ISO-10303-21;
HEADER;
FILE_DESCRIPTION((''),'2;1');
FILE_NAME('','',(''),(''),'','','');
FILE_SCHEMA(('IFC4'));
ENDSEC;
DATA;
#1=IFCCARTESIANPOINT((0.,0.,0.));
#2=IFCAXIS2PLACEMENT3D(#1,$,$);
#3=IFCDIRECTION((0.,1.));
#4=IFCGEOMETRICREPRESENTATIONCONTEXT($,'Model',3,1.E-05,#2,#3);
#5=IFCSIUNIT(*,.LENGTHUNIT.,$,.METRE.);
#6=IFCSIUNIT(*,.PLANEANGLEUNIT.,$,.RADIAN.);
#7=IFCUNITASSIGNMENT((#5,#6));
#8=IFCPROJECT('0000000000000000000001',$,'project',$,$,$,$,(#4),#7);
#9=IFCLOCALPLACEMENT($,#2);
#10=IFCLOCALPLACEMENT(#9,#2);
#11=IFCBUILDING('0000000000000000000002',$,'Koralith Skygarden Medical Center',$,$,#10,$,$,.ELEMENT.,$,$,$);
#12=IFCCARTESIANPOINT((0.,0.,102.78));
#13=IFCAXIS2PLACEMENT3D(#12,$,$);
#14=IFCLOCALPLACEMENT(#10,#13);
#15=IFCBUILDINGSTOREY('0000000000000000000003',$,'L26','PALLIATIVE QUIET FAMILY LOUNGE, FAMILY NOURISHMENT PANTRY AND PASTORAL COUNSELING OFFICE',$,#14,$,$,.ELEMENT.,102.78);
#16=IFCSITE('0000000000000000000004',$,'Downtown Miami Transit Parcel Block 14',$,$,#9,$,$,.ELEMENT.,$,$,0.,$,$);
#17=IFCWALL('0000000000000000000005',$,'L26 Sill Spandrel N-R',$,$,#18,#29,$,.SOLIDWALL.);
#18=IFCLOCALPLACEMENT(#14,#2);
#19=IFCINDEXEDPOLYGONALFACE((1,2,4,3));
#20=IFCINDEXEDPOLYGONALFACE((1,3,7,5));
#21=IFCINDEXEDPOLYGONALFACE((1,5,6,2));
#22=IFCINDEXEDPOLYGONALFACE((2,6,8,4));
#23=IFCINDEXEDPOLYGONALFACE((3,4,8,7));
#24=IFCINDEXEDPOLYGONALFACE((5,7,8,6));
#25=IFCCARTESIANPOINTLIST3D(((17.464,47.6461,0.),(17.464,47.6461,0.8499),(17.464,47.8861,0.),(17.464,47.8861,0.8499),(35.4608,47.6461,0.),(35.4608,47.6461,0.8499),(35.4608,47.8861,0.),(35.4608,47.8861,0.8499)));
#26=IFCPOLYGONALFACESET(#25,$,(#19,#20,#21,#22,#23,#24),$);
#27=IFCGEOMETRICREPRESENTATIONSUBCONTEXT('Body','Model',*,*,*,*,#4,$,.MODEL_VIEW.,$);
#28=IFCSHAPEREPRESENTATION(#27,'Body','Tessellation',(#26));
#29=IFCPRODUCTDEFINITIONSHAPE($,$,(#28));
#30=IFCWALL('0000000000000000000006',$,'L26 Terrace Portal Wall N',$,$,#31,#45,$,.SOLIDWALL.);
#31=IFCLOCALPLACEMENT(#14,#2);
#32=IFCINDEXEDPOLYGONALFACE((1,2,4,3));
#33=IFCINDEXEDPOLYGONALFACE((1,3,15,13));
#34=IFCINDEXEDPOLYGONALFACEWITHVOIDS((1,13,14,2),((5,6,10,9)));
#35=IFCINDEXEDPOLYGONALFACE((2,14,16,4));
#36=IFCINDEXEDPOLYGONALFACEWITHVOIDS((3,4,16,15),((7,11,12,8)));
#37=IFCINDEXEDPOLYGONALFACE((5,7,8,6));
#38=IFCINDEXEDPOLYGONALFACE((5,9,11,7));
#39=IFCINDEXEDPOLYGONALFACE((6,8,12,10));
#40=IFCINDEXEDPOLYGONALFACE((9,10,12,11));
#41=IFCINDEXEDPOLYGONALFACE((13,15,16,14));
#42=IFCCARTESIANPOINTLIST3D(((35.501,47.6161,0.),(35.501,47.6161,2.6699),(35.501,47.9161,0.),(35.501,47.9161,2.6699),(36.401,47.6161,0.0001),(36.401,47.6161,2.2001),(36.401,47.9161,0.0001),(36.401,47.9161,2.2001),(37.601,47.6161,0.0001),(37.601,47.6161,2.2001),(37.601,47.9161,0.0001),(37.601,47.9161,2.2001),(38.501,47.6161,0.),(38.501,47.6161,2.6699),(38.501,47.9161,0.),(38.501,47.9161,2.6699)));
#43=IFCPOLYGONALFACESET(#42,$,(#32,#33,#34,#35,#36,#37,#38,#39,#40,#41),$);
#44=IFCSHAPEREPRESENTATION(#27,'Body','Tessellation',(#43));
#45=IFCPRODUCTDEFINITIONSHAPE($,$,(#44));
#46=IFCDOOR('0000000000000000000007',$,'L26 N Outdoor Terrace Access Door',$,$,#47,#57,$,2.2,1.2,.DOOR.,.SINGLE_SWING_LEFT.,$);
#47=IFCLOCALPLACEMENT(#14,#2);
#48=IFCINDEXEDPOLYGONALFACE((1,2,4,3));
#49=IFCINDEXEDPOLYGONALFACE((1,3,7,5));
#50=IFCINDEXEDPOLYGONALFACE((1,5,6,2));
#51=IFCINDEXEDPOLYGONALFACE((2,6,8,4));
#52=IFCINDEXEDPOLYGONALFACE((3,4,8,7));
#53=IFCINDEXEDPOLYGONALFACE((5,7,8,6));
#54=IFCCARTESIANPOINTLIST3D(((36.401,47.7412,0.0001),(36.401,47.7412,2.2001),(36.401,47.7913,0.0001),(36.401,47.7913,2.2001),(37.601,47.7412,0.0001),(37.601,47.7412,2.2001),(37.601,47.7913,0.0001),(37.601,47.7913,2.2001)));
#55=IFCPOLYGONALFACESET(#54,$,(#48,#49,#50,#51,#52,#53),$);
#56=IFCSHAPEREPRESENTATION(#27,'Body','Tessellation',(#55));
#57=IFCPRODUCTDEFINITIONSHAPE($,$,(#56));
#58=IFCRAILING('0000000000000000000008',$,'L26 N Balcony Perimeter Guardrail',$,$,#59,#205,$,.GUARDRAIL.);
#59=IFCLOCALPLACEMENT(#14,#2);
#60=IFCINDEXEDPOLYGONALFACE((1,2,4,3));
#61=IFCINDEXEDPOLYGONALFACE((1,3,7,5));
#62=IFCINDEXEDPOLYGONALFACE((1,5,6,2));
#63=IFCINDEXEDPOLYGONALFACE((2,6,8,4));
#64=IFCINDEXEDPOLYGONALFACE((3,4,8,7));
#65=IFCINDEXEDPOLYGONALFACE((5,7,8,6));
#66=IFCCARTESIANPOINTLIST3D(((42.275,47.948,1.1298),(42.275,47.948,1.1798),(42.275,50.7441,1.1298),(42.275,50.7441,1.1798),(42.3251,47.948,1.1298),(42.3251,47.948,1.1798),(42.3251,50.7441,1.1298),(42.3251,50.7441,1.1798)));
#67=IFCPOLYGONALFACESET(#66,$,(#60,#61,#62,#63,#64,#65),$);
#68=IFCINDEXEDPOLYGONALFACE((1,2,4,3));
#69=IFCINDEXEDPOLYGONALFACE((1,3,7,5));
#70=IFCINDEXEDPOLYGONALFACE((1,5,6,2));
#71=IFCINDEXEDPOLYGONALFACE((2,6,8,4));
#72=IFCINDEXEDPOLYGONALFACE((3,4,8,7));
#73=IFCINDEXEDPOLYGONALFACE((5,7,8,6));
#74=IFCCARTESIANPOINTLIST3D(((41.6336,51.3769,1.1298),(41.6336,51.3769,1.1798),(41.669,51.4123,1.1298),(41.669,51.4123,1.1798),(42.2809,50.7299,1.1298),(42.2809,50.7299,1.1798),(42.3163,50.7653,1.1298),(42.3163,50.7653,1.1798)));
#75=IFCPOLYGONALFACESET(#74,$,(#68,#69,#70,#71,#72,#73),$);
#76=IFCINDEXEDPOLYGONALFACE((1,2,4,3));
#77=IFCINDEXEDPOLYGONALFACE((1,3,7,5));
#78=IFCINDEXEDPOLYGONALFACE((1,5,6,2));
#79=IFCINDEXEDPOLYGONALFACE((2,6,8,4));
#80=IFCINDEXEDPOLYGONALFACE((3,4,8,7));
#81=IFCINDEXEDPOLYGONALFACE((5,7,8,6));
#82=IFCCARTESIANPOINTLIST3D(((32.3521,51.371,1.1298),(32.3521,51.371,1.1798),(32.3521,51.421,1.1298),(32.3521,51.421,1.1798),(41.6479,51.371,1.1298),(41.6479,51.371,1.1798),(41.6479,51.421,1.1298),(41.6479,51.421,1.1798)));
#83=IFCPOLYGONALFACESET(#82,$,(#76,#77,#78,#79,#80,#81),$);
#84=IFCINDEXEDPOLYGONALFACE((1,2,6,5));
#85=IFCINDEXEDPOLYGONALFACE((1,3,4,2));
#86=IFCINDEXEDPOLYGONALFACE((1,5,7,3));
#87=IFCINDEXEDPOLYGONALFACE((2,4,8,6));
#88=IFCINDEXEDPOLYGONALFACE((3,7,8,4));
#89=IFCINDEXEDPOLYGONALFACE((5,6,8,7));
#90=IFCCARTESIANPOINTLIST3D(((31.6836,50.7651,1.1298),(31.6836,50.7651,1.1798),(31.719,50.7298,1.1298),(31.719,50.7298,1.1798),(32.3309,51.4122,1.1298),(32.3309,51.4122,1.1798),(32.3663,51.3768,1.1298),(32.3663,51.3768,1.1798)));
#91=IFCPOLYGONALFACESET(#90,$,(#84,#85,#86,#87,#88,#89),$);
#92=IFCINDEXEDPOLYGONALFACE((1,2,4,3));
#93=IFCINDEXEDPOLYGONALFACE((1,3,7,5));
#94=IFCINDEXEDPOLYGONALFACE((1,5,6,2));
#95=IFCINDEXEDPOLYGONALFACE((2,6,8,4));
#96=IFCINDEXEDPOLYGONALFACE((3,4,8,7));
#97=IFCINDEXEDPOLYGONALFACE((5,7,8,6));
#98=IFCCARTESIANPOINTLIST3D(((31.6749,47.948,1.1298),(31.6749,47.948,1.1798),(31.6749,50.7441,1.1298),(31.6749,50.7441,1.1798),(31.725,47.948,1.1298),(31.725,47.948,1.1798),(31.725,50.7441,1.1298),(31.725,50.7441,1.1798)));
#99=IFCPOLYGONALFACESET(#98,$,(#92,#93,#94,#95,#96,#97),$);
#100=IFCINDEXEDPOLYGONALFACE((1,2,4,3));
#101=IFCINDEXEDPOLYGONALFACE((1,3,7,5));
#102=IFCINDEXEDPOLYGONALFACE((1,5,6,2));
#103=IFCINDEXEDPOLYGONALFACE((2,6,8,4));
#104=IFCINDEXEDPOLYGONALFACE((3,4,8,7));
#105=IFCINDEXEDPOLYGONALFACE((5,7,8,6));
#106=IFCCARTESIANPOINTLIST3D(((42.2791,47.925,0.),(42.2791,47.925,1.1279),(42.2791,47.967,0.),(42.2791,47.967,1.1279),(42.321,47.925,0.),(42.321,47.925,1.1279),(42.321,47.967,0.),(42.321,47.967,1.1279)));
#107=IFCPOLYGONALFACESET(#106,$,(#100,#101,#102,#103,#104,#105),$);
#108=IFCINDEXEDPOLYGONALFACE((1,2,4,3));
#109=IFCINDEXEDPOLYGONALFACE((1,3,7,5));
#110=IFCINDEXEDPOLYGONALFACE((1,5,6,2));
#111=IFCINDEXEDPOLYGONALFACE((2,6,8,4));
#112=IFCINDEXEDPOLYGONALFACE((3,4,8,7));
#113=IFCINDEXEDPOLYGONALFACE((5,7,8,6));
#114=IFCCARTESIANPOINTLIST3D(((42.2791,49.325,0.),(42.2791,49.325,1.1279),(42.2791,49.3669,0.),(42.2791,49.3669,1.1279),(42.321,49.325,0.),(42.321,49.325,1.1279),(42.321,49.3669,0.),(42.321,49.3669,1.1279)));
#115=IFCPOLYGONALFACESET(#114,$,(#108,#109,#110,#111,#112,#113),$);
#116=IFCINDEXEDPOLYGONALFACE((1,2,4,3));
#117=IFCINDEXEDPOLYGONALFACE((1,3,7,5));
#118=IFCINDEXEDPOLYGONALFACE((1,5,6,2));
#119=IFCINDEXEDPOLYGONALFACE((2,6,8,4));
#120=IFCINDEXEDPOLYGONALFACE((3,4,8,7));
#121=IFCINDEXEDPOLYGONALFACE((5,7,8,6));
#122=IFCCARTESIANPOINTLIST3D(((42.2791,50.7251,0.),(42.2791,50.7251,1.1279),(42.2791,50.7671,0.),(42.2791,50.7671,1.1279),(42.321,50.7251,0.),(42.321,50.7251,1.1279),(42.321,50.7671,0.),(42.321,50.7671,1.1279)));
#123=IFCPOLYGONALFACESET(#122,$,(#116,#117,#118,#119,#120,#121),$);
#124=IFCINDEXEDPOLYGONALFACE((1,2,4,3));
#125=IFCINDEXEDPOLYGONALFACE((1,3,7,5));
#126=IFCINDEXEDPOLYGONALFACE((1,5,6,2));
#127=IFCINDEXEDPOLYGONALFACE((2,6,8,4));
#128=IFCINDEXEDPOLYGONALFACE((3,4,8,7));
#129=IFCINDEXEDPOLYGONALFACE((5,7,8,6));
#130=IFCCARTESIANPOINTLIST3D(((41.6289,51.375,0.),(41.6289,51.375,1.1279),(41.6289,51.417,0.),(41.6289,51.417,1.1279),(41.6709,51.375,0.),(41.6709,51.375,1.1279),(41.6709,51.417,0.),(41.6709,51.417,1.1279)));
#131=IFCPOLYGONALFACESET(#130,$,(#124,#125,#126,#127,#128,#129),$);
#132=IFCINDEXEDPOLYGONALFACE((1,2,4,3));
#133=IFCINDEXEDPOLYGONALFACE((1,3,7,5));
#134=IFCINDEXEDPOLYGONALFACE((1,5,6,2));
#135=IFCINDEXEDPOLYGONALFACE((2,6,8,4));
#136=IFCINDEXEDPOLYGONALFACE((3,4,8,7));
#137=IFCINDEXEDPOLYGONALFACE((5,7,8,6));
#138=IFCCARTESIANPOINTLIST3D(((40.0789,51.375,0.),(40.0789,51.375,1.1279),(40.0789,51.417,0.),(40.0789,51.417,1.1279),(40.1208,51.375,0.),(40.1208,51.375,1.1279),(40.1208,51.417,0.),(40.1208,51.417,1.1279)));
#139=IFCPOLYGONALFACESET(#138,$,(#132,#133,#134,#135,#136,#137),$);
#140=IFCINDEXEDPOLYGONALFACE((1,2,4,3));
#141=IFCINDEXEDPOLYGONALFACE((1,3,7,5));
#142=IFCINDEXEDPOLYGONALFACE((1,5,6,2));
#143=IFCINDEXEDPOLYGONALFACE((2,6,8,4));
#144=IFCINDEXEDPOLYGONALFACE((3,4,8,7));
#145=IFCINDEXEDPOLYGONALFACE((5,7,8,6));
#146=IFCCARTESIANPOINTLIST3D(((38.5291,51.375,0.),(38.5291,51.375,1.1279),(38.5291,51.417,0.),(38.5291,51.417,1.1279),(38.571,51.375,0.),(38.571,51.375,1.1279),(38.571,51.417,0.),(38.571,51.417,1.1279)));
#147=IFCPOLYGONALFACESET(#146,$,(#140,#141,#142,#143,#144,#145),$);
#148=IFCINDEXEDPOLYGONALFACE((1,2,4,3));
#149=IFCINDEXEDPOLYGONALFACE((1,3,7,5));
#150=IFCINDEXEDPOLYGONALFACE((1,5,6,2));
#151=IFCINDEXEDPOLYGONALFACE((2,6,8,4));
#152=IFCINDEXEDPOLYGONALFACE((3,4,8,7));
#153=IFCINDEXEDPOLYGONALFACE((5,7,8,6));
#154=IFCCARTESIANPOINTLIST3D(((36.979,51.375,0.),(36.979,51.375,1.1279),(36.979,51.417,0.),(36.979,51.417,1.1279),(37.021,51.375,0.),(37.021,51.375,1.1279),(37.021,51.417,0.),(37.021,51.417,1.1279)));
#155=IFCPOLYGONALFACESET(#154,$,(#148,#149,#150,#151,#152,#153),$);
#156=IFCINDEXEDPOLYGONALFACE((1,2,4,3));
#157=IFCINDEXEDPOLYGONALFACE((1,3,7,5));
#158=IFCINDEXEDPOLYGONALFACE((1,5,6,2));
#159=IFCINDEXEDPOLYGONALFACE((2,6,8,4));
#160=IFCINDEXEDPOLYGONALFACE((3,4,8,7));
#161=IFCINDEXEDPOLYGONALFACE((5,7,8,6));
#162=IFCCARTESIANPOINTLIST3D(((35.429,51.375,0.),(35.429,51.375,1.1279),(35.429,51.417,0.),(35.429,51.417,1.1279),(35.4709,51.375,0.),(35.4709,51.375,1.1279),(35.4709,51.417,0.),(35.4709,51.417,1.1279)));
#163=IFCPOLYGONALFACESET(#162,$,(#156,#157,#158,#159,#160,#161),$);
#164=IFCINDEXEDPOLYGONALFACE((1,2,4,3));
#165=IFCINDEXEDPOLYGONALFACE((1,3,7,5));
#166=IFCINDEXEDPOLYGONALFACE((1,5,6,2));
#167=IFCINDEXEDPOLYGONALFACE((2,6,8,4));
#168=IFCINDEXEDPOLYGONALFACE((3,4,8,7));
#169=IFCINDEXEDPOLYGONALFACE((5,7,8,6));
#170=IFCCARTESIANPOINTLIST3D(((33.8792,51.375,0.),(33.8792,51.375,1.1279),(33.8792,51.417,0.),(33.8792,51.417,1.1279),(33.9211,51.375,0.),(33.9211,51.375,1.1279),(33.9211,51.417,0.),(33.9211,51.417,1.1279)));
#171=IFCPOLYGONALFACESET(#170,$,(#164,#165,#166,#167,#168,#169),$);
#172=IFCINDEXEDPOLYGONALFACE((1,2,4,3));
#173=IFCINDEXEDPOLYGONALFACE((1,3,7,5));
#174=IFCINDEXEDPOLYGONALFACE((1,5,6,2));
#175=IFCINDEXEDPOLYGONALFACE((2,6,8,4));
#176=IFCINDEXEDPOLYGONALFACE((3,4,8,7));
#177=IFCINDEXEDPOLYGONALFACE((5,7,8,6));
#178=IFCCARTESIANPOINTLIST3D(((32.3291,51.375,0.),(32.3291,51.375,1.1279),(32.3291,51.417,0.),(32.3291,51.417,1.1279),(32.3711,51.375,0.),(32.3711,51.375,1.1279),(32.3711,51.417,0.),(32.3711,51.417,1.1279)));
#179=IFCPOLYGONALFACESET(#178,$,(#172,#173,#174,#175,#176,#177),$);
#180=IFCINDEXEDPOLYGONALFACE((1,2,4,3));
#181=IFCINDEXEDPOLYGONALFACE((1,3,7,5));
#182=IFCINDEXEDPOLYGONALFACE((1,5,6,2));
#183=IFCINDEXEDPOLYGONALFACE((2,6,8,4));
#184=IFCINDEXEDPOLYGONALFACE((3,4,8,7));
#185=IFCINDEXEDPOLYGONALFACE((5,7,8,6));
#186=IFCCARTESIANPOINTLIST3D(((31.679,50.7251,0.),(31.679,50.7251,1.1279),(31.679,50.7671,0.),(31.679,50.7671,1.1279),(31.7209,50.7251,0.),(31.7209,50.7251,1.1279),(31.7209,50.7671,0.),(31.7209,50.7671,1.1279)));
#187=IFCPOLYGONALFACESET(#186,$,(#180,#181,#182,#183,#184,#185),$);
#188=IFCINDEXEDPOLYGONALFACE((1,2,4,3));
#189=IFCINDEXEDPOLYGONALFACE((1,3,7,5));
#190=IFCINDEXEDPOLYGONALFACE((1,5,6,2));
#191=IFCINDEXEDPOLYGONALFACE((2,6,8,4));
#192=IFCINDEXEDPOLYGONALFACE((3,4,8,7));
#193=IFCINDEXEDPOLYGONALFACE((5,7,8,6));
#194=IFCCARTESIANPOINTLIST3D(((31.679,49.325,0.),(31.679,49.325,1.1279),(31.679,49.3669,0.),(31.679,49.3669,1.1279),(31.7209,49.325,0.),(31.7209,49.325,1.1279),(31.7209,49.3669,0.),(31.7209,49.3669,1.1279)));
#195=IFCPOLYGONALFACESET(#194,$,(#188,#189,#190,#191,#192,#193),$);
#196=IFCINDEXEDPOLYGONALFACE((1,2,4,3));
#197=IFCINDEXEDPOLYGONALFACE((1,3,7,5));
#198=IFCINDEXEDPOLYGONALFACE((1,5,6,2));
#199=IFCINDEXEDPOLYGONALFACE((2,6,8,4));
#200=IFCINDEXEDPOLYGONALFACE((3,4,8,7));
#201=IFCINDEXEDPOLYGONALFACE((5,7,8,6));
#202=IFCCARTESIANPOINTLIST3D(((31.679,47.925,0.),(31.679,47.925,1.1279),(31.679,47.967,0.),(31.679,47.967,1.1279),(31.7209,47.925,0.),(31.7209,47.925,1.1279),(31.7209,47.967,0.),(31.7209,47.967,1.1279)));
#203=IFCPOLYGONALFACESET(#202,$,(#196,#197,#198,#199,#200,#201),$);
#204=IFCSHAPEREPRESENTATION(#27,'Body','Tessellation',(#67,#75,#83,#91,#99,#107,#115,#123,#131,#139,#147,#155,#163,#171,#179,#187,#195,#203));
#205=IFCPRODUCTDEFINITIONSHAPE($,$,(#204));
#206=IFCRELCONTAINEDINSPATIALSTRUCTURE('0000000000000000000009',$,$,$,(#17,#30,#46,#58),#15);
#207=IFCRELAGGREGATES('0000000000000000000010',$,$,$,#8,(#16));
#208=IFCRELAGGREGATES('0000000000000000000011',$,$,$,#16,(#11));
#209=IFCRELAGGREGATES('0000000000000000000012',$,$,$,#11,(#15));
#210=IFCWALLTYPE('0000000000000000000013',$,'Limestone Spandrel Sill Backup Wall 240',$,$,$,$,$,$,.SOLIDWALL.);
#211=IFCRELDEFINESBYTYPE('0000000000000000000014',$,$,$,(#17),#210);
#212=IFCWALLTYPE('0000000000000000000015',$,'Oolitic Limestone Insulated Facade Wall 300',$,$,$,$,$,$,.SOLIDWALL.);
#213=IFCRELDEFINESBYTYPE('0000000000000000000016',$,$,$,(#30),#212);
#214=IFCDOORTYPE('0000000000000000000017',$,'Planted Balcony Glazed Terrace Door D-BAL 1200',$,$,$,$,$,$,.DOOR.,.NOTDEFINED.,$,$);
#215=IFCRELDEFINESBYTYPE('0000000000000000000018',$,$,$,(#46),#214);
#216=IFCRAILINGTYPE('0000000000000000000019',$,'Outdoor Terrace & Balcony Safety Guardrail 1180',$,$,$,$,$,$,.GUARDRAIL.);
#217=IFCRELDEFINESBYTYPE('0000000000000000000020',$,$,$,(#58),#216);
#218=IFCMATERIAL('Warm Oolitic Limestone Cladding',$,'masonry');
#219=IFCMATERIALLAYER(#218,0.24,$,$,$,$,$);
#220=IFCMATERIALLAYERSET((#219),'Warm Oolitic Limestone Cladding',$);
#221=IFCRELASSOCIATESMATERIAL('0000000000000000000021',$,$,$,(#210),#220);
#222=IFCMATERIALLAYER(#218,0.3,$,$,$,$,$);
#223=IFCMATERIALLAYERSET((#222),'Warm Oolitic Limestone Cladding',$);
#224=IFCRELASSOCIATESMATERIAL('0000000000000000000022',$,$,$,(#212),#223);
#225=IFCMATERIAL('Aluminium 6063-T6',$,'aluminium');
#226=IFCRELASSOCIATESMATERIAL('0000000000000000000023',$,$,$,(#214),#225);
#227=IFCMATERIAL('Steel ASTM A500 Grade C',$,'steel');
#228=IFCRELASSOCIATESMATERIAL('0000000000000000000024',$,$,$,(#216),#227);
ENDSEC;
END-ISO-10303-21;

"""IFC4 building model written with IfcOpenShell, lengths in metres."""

from ifc_helpers import new_model, si_unit, direction, frame, frame_2d, origin, origin_2d, place, context, subcontext, project, spatial, rectangle, extrude, material, layer, layer_set, type_object, element, fill, save


model = new_model("IFC4")

# Units and contexts
model_context = context("Model", 3, precision=1e-05, world=origin(), true_north=direction((0.0, 1.0)))
body_context = subcontext(model_context, "Body", "Model", "MODEL_VIEW")
ifc_project = project(units=[si_unit("LENGTHUNIT", "METRE"), si_unit("PLANEANGLEUNIT", "RADIAN")], contexts=[model_context])

# Site, building, storey
site_placement = place(None, origin())
site = spatial("IfcSite", under=ifc_project, at=site_placement, Name="Downtown Miami Transit Parcel Block 14", CompositionType="ELEMENT", RefElevation=0.0)
building_placement = place(site_placement, origin())
building = spatial("IfcBuilding", under=site, at=building_placement, Name="Koralith Skygarden Medical Center", CompositionType="ELEMENT")
storey_placement = place(building_placement, frame((0.0, 0.0, 102.78)))
storey = spatial("IfcBuildingStorey", under=building, at=storey_placement, Name="L26", Description="PALLIATIVE QUIET FAMILY LOUNGE, FAMILY NOURISHMENT PANTRY AND PASTORAL COUNSELING OFFICE", CompositionType="ELEMENT", Elevation=102.78)

# Shared definitions
ifc_material_1 = material(Name="Aluminium 6063-T6", Category="aluminium")

# Shared definitions
ifc_material_2 = material(Name="Steel ASTM A500 Grade C", Category="steel")

# Wall
ifc_material_3 = material(Name="Warm Oolitic Limestone Cladding", Category="masonry")
ifc_layer_1 = layer(ifc_material_3, 0.24)
ifc_layer_set_1 = layer_set([ifc_layer_1], Name="Warm Oolitic Limestone Cladding")
wall_type_1 = type_object("IfcWallType", Name="Limestone Spandrel Sill Backup Wall 240", PredefinedType="SOLIDWALL", material=ifc_layer_set_1)
wall_1_placement = place(storey_placement, frame((35.4609, 47.7661, 0.0), z_axis=(0.0, 0.0, 1.0), x_axis=(-1.0, 0.0, 0.0)))
element("IfcWall", 1, at=wall_1_placement, inside=storey, type_object=wall_type_1, Name="L26 Sill Spandrel N-R", PredefinedType="SOLIDWALL", context=body_context, shape_type="SweptSolid", body=[
    extrude(rectangle(XDim=17.9968, YDim=0.24, at=frame_2d((8.9985, 0.0))), origin(), (0.0, 0.0, 1.0), 0.8499),
])

# Wall, opening, door
ifc_layer_2 = layer(ifc_material_3, 0.3)
ifc_layer_set_2 = layer_set([ifc_layer_2], Name="Warm Oolitic Limestone Cladding")
wall_type_2 = type_object("IfcWallType", Name="Oolitic Limestone Insulated Facade Wall 300", PredefinedType="SOLIDWALL", material=ifc_layer_set_2)
wall_2_placement = place(storey_placement, frame((38.501, 47.7661, 0.0), z_axis=(0.0, 0.0, 1.0), x_axis=(-1.0, 0.0, 0.0)))
wall_2 = element("IfcWall", 2, at=wall_2_placement, inside=storey, type_object=wall_type_2, Name="L26 Terrace Portal Wall N", PredefinedType="SOLIDWALL", context=body_context, shape_type="SweptSolid", body=[
    extrude(rectangle(XDim=3.0, YDim=0.3, at=frame_2d((1.5, 0.0))), origin(), (0.0, 0.0, 1.0), 2.6699),
])
opening_1_placement = place(wall_2_placement, frame((0.8999, 0.0, 0.0)))
opening_1 = element("IfcOpeningElement", 3, at=opening_1_placement, cuts=wall_2, PredefinedType="OPENING", context=body_context, shape_type="SweptSolid", body=[
    extrude(rectangle(XDim=1.2, YDim=2.2, at=frame_2d((0.6001, 1.1001))), frame((0.0, 0.1599, 0.0), z_axis=(0.0, -1.0, 0.0), x_axis=(1.0, 0.0, 0.0)), (0.0, 0.0, 1.0), 0.3201),
])
door_type_1 = type_object("IfcDoorType", Name="Planted Balcony Glazed Terrace Door D-BAL 1200", OperationType="NOTDEFINED", PredefinedType="DOOR", material=ifc_material_1)
door_1_placement = place(opening_1_placement, origin())
door_1 = element("IfcDoor", 4, at=door_1_placement, inside=storey, type_object=door_type_1, Name="L26 N Outdoor Terrace Access Door", OperationType="SINGLE_SWING_LEFT", OverallHeight=2.2, OverallWidth=1.2, PredefinedType="DOOR", context=body_context, shape_type="SweptSolid", body=[
    extrude(rectangle(XDim=1.2, YDim=2.2, at=frame_2d((0.6001, 1.1001))), frame((0.0, 0.0249, 0.0), z_axis=(0.0, -1.0, 0.0), x_axis=(1.0, 0.0, 0.0)), (0.0, 0.0, 1.0), 0.05),
])
fill(opening_1, door_1)

# Railing
railing_type = type_object("IfcRailingType", Name="Outdoor Terrace & Balcony Safety Guardrail 1180", PredefinedType="GUARDRAIL", material=ifc_material_2)
railing_placement = place(storey_placement, frame((42.3, 47.946, 0.0)))
element("IfcRailing", 5, at=railing_placement, inside=storey, type_object=railing_type, Name="L26 N Balcony Perimeter Guardrail", PredefinedType="GUARDRAIL", context=body_context, shape_type="SweptSolid", body=[
    extrude(rectangle(XDim=0.05, YDim=0.05, at=origin_2d()), frame((0.0, 0.002, 1.1548), z_axis=(0.0, 1.0, 0.0), x_axis=(-1.0, 0.0, 0.0)), (0.0, 0.0, 1.0), 2.7961),
    extrude(rectangle(XDim=0.05, YDim=0.05, at=origin_2d()), frame((-0.0015, 2.8015, 1.1548), z_axis=(-0.70724, 0.706974, 0.0), x_axis=(-0.706974, -0.70724, 0.0)), (0.0, 0.0, 1.0), 0.9153),
    extrude(rectangle(XDim=0.05, YDim=0.05, at=origin_2d()), frame((-0.6521, 3.45, 1.1548), z_axis=(-1.0, 0.0, 0.0), x_axis=(0.0, -1.0, 0.0)), (0.0, 0.0, 1.0), 9.2959),
    extrude(rectangle(XDim=0.05, YDim=0.05, at=origin_2d()), frame((-9.9514, 3.4485, 1.1548), z_axis=(-0.70724, -0.706974, 0.0), x_axis=(0.706974, -0.70724, 0.0)), (0.0, 0.0, 1.0), 0.9153),
    extrude(rectangle(XDim=0.05, YDim=0.05, at=origin_2d()), frame((-10.6001, 2.7981, 1.1548), z_axis=(0.0, -1.0, 0.0), x_axis=(1.0, 0.0, 0.0)), (0.0, 0.0, 1.0), 2.7961),
    extrude(rectangle(XDim=0.042, YDim=0.042, at=origin_2d()), origin(), (0.0, 0.0, 1.0), 1.1279),
    extrude(rectangle(XDim=0.042, YDim=0.042, at=origin_2d()), frame((0.0, 1.3999, 0.0)), (0.0, 0.0, 1.0), 1.1279),
    extrude(rectangle(XDim=0.042, YDim=0.042, at=origin_2d()), frame((0.0, 2.8, 0.0)), (0.0, 0.0, 1.0), 1.1279),
    extrude(rectangle(XDim=0.042, YDim=0.042, at=origin_2d()), frame((-0.6501, 3.45, 0.0)), (0.0, 0.0, 1.0), 1.1279),
    extrude(rectangle(XDim=0.042, YDim=0.042, at=origin_2d()), frame((-2.2002, 3.45, 0.0)), (0.0, 0.0, 1.0), 1.1279),
    extrude(rectangle(XDim=0.042, YDim=0.042, at=origin_2d()), frame((-3.75, 3.45, 0.0)), (0.0, 0.0, 1.0), 1.1279),
    extrude(rectangle(XDim=0.042, YDim=0.042, at=origin_2d()), frame((-5.3, 3.45, 0.0)), (0.0, 0.0, 1.0), 1.1279),
    extrude(rectangle(XDim=0.042, YDim=0.042, at=origin_2d()), frame((-6.8501, 3.45, 0.0)), (0.0, 0.0, 1.0), 1.1279),
    extrude(rectangle(XDim=0.042, YDim=0.042, at=origin_2d()), frame((-8.3999, 3.45, 0.0)), (0.0, 0.0, 1.0), 1.1279),
    extrude(rectangle(XDim=0.042, YDim=0.042, at=origin_2d()), frame((-9.95, 3.45, 0.0)), (0.0, 0.0, 1.0), 1.1279),
    extrude(rectangle(XDim=0.042, YDim=0.042, at=origin_2d()), frame((-10.6001, 2.8, 0.0)), (0.0, 0.0, 1.0), 1.1279),
    extrude(rectangle(XDim=0.042, YDim=0.042, at=origin_2d()), frame((-10.6001, 1.3999, 0.0)), (0.0, 0.0, 1.0), 1.1279),
    extrude(rectangle(XDim=0.042, YDim=0.042, at=origin_2d()), frame((-10.6001, 0.0, 0.0)), (0.0, 0.0, 1.0), 1.1279),
])

save(model, "model.ifc")
